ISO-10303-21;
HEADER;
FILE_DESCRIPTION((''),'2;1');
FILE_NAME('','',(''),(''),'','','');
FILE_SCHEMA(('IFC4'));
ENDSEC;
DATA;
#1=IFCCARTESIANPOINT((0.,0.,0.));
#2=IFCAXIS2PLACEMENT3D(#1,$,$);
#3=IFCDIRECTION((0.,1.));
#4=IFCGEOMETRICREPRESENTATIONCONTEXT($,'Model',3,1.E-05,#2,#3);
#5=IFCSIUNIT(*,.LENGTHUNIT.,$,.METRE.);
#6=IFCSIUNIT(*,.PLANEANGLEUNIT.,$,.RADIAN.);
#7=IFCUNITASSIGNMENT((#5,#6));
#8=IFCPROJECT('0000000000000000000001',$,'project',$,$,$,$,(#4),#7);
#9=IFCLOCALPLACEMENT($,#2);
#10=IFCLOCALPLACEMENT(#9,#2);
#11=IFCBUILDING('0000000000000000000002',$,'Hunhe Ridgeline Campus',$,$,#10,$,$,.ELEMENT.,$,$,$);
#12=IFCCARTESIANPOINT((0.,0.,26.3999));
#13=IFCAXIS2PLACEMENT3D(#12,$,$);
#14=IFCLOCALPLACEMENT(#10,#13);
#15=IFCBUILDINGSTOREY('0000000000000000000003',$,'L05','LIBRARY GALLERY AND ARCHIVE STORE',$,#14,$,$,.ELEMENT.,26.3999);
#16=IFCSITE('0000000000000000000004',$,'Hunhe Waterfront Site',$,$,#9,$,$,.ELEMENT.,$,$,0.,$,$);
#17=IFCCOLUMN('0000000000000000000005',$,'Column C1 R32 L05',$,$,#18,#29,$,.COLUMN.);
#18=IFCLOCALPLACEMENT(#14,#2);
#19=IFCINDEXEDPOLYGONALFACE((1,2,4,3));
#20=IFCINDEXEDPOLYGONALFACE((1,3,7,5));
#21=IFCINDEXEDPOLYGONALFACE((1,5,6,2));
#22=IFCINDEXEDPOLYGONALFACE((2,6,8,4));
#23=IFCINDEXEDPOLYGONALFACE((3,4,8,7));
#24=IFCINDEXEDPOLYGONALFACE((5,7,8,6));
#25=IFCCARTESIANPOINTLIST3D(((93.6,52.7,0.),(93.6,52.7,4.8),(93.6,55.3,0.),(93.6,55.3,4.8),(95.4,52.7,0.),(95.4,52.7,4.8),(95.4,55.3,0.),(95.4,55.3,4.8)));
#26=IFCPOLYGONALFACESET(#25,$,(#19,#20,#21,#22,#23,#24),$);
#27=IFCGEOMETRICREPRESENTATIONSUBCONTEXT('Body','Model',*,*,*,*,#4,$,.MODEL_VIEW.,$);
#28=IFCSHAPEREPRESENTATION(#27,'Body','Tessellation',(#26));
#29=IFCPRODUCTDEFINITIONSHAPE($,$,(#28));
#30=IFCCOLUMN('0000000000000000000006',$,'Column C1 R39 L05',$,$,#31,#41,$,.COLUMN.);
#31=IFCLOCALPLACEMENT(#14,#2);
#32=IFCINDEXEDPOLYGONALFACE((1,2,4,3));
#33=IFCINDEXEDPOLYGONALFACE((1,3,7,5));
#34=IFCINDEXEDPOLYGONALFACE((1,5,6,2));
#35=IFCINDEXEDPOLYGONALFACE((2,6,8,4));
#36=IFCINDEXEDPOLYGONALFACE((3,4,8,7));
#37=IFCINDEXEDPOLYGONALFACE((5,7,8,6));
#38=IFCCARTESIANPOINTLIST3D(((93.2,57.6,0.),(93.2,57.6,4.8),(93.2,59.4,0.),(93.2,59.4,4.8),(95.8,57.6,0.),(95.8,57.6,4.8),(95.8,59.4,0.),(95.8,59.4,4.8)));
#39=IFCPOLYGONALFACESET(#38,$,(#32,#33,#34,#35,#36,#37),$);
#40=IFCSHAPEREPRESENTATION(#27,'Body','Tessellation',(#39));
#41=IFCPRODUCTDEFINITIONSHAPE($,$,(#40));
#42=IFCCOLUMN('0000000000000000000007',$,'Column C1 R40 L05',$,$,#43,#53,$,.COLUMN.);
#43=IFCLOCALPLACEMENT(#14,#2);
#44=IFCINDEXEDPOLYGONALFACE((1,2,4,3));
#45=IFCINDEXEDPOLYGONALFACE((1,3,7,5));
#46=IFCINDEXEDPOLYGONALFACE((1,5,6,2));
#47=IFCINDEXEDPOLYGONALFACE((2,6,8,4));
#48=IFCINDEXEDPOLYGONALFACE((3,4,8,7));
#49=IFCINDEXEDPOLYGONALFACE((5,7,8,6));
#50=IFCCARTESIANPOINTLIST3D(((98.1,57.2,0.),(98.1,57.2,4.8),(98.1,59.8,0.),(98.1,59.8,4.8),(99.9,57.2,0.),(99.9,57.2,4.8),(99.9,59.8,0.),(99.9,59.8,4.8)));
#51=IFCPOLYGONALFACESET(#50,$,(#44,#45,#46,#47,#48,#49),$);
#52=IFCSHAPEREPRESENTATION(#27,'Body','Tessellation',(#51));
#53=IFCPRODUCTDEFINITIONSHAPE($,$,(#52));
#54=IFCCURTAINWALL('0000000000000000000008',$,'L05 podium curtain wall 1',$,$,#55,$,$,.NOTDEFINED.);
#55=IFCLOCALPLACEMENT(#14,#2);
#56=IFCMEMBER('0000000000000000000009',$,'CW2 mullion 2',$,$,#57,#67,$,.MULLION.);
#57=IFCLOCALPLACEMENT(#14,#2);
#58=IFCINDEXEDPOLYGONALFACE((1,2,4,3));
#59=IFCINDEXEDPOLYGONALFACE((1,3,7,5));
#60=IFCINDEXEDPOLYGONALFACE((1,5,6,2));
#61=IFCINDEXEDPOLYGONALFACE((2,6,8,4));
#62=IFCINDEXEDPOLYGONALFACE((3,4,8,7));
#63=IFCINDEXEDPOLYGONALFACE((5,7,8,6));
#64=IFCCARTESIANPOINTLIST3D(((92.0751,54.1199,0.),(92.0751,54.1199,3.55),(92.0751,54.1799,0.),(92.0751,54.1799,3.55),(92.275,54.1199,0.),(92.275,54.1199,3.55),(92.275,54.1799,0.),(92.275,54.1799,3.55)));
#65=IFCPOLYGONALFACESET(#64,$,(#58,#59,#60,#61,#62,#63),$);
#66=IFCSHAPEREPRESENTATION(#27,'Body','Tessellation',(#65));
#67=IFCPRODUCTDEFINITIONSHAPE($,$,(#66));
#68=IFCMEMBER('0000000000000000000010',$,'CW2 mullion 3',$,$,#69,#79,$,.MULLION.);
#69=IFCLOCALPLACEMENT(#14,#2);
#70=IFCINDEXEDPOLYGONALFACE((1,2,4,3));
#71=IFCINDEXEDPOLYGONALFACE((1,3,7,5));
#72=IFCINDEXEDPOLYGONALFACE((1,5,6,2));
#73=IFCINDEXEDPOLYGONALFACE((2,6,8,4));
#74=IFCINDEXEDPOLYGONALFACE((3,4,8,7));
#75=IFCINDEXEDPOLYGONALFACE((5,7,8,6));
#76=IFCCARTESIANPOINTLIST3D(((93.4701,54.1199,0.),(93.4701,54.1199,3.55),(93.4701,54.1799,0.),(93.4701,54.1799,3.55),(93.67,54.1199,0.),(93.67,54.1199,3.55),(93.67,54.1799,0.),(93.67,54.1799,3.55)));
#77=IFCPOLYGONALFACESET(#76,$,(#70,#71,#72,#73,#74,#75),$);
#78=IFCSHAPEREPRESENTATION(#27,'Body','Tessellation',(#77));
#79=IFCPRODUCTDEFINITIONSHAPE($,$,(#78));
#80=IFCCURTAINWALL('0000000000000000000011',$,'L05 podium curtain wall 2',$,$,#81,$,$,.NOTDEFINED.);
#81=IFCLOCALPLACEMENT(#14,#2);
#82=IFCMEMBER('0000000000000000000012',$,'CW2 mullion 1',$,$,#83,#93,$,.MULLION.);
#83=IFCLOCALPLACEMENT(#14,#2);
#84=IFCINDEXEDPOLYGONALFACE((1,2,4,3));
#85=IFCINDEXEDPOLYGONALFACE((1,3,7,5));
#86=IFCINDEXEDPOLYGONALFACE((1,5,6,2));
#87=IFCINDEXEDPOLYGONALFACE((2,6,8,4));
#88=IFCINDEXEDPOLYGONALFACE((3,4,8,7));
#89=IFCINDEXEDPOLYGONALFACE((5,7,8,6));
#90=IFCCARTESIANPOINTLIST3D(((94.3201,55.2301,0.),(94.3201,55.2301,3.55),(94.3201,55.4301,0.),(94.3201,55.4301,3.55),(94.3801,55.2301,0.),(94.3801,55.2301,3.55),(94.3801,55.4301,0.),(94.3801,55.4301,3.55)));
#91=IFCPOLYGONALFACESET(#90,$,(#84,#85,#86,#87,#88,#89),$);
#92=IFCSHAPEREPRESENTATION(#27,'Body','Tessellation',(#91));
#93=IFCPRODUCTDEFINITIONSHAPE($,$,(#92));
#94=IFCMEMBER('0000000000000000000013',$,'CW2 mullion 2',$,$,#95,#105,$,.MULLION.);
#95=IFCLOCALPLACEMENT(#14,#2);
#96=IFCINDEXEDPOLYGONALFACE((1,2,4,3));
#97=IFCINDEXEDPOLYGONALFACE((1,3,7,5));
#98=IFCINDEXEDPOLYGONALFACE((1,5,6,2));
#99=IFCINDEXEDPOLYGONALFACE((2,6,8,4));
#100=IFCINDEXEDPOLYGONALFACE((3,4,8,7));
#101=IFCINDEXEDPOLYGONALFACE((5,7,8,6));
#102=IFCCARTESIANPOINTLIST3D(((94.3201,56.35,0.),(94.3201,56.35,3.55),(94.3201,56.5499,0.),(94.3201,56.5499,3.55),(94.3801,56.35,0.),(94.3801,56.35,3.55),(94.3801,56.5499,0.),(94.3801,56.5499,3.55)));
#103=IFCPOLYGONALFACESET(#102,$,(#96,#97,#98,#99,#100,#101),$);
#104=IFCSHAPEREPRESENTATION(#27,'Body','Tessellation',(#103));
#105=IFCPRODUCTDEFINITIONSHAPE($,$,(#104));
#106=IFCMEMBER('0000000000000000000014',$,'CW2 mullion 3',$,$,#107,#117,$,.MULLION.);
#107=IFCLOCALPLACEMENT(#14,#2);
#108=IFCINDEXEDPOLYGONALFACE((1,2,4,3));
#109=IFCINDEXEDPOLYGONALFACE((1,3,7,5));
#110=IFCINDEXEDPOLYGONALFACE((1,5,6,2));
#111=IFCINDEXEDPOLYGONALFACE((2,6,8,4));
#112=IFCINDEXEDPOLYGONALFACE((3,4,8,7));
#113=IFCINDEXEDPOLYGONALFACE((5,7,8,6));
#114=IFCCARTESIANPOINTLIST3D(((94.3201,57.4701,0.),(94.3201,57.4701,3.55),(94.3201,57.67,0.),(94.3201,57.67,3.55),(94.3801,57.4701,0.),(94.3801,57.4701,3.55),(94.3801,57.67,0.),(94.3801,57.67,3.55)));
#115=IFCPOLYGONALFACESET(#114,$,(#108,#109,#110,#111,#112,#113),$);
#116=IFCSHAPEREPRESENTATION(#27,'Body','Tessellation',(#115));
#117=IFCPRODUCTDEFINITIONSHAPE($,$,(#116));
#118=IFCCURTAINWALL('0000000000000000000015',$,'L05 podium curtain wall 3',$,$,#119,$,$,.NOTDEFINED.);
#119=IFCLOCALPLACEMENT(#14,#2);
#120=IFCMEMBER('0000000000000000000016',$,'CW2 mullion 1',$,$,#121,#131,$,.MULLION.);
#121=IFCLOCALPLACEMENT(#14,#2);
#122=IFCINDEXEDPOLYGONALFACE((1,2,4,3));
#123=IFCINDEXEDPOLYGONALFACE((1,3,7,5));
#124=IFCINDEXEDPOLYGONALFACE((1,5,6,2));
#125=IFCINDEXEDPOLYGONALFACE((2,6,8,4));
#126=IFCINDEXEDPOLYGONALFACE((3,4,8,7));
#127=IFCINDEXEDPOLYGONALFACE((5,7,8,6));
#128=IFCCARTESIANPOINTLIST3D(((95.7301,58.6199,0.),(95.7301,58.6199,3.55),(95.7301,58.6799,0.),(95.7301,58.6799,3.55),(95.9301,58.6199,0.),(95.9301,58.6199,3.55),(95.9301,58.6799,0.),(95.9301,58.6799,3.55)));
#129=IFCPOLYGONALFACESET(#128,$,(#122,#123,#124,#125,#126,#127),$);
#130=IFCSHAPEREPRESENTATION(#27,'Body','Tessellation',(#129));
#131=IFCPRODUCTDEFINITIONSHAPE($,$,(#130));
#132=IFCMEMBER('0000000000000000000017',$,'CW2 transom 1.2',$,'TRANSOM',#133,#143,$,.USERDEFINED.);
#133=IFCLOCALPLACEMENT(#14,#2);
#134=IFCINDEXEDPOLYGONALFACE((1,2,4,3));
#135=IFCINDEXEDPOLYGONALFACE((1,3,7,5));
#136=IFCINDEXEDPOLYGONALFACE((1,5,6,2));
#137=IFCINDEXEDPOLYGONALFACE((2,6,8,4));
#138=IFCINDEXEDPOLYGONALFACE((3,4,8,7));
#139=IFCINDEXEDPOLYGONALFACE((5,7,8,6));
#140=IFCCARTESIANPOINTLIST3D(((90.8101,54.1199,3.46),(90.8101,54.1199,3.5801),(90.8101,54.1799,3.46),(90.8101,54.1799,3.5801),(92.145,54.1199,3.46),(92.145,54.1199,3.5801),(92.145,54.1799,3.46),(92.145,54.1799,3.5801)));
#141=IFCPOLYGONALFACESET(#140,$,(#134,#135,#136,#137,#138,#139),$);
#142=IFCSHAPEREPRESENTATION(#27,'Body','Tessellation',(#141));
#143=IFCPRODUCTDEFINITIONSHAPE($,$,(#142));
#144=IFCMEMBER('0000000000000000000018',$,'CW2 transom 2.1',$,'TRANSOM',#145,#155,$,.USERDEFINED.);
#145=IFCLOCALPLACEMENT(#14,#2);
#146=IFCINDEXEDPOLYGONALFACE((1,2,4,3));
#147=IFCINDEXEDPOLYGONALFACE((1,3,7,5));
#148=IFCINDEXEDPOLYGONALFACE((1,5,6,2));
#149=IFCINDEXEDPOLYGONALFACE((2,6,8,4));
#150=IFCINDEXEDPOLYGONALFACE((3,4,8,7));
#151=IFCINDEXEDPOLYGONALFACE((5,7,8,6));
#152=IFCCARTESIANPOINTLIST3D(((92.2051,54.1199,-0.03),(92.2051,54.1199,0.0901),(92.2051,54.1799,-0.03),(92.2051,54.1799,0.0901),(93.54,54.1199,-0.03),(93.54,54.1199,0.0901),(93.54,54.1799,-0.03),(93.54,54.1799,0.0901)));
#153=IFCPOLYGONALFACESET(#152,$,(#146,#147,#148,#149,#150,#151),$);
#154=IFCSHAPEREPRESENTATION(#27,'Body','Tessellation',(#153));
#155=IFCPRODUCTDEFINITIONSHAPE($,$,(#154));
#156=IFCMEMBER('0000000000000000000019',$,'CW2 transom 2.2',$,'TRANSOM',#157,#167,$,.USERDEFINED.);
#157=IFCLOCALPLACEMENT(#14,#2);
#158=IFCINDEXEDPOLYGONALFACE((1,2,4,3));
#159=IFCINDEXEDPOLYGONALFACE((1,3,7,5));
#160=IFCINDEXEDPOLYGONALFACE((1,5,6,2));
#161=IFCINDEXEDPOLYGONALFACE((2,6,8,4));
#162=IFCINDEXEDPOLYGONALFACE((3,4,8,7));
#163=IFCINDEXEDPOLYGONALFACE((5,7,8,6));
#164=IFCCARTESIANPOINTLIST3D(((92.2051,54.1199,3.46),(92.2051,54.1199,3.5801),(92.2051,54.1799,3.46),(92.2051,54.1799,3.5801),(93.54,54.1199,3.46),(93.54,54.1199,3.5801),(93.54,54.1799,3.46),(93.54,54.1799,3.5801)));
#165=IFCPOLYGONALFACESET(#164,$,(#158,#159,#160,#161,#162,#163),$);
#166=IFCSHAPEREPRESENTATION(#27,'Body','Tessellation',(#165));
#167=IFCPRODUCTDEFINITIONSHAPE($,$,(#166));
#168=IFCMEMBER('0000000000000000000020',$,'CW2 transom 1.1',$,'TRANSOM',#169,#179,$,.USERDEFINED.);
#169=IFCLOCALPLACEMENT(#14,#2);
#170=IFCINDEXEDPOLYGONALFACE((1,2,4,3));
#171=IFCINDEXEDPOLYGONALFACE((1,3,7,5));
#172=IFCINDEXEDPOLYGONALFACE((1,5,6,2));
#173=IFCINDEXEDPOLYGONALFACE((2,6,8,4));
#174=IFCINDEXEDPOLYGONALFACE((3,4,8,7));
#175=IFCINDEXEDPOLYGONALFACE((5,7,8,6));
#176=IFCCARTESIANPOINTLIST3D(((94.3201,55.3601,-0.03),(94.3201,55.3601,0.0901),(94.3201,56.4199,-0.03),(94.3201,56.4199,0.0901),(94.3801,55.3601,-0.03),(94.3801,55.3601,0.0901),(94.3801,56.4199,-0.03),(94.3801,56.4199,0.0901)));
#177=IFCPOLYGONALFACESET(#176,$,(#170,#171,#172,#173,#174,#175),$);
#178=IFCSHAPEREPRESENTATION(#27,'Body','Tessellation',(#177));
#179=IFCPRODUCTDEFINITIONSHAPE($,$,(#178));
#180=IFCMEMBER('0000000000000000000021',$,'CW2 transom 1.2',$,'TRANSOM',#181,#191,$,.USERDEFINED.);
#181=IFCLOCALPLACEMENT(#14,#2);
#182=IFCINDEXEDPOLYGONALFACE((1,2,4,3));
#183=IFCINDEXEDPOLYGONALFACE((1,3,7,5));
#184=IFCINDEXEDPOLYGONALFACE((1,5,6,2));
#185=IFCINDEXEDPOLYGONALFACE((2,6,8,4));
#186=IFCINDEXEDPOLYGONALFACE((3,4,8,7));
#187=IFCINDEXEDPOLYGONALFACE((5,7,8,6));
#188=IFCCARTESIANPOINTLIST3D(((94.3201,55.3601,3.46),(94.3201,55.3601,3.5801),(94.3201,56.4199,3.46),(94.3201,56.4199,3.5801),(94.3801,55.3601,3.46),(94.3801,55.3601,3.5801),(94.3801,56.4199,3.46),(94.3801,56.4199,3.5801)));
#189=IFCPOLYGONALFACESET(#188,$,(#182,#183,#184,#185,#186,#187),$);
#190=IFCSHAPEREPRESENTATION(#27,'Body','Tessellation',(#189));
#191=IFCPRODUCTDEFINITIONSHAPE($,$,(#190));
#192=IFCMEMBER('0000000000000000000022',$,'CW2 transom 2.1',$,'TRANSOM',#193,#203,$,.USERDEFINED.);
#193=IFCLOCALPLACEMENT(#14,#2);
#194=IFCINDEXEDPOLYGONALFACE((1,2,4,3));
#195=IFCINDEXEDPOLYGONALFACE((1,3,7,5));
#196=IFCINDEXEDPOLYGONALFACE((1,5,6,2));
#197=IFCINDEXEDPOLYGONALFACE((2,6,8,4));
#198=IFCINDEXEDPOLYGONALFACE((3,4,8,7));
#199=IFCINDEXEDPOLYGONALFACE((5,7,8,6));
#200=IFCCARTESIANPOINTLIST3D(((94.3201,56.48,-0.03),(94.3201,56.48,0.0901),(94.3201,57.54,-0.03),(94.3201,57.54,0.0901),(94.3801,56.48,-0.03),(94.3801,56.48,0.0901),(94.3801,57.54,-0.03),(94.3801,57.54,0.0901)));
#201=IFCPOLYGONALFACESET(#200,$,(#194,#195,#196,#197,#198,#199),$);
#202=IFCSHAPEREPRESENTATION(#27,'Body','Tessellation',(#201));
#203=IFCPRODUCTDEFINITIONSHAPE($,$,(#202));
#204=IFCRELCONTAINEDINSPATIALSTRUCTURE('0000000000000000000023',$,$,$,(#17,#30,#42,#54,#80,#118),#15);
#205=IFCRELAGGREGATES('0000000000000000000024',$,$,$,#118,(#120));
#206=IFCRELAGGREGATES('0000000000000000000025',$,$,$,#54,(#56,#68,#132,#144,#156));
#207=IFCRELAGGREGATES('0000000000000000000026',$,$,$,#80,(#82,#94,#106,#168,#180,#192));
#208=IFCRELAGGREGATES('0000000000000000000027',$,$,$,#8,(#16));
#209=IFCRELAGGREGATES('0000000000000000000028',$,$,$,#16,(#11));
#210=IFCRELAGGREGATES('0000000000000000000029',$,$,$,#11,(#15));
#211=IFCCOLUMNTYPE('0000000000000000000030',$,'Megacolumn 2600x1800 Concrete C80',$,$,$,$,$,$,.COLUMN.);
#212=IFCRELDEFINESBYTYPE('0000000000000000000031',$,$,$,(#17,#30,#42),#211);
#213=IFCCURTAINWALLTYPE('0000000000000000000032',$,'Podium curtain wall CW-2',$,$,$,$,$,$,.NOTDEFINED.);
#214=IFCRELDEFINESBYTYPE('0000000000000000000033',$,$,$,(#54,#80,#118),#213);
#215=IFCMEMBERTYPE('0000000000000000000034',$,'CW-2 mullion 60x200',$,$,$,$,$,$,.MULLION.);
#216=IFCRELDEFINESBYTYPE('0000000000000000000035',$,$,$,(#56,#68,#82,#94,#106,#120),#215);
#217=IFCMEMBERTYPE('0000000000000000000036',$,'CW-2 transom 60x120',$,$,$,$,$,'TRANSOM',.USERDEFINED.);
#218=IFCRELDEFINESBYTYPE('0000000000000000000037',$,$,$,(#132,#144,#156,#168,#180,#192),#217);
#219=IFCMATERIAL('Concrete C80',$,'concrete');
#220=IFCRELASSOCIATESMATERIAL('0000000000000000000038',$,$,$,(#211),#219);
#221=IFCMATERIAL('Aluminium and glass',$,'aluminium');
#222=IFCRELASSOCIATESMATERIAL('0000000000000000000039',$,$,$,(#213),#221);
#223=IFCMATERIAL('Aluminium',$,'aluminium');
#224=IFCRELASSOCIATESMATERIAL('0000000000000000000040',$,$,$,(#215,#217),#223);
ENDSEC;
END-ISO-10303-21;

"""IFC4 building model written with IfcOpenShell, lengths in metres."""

from ifc_helpers import new_model, si_unit, direction, frame, origin, origin_2d, place, context, subcontext, project, spatial, rectangle, extrude, material, material_profile, profile_set, type_object, element, aggregate, save


model = new_model("IFC4")

# Units and contexts
model_context = context("Model", 3, precision=1e-05, world=origin(), true_north=direction((0.0, 1.0)))
body_context = subcontext(model_context, "Body", "Model", "MODEL_VIEW")
ifc_project = project(units=[si_unit("LENGTHUNIT", "METRE"), si_unit("PLANEANGLEUNIT", "RADIAN")], contexts=[model_context])

# Site, building, storey
site_placement = place(None, origin())
site = spatial("IfcSite", under=ifc_project, at=site_placement, Name="Hunhe Waterfront Site", CompositionType="ELEMENT", RefElevation=0.0)
building_placement = place(site_placement, origin())
building = spatial("IfcBuilding", under=site, at=building_placement, Name="Hunhe Ridgeline Campus", CompositionType="ELEMENT")
storey_placement = place(building_placement, frame((0.0, 0.0, 26.3999)))
storey = spatial("IfcBuildingStorey", under=building, at=storey_placement, Name="L05", Description="LIBRARY GALLERY AND ARCHIVE STORE", CompositionType="ELEMENT", Elevation=26.3999)

# Columns
ifc_material_1 = material(Name="Concrete C80", Category="concrete")
ifc_material_profile_1 = material_profile(ifc_material_1, rectangle(XDim=2.6001, YDim=1.8, at=origin_2d()))
ifc_profile_set_1 = profile_set([ifc_material_profile_1], Name="Concrete C80")
column_type = type_object("IfcColumnType", Name="Megacolumn 2600x1800 Concrete C80", PredefinedType="COLUMN", material=ifc_profile_set_1)
for number, where, z_axis, x_axis, name in (
    (1, (94.5, 54.0, 0.0), (0.0, 0.0, 1.0), (0.0, 1.0, 0.0), "Column C1 R32 L05"),
    (2, (94.5, 58.5, 0.0), (0.0, 0.0, 1.0), (1.0, 0.0, 0.0), "Column C1 R39 L05"),
    (3, (99.0, 58.5, 0.0), (0.0, 0.0, 1.0), (0.0, 1.0, 0.0), "Column C1 R40 L05"),
):
    element("IfcColumn", number, at=place(storey_placement, frame(where, z_axis=z_axis, x_axis=x_axis)), inside=storey, type_object=column_type, Name=name, PredefinedType="COLUMN", context=body_context, shape_type="SweptSolid", body=[
        extrude(rectangle(XDim=2.6001, YDim=1.8, at=origin_2d()), origin(), (0.0, 0.0, 1.0), 4.8),
    ])

# Curtain walls, members
ifc_material_2 = material(Name="Aluminium and glass", Category="aluminium")
curtain_wall_type = type_object("IfcCurtainWallType", Name="Podium curtain wall CW-2", PredefinedType="NOTDEFINED", material=ifc_material_2)
curtain_wall_1_placement = place(storey_placement, origin())
curtain_wall_1 = element("IfcCurtainWall", 4, at=curtain_wall_1_placement, inside=storey, type_object=curtain_wall_type, Name="L05 podium curtain wall 1", PredefinedType="NOTDEFINED")
ifc_material_3 = material(Name="Aluminium", Category="aluminium")
ifc_material_profile_2 = material_profile(ifc_material_3, rectangle(XDim=0.0601, YDim=0.2, at=origin_2d()))
ifc_profile_set_2 = profile_set([ifc_material_profile_2], Name="Aluminium")
member_type_1 = type_object("IfcMemberType", Name="CW-2 mullion 60x200", PredefinedType="MULLION", material=ifc_profile_set_2)
member_1_placement = place(storey_placement, frame((92.175, 54.1499, 0.0), z_axis=(0.0, 0.0, 1.0), x_axis=(0.0, 1.0, 0.0)))
member_1 = element("IfcMember", 5, at=member_1_placement, type_object=member_type_1, Name="CW2 mullion 2", PredefinedType="MULLION", context=body_context, shape_type="SweptSolid", body=[
    extrude(rectangle(XDim=0.0601, YDim=0.2, at=origin_2d()), origin(), (0.0, 0.0, 1.0), 3.55),
])
member_2_placement = place(storey_placement, frame((93.5701, 54.1499, 0.0), z_axis=(0.0, 0.0, 1.0), x_axis=(0.0, 1.0, 0.0)))
member_2 = element("IfcMember", 6, at=member_2_placement, type_object=member_type_1, Name="CW2 mullion 3", PredefinedType="MULLION", context=body_context, shape_type="SweptSolid", body=[
    extrude(rectangle(XDim=0.0601, YDim=0.2, at=origin_2d()), origin(), (0.0, 0.0, 1.0), 3.55),
])
curtain_wall_2_placement = place(storey_placement, origin())
curtain_wall_2 = element("IfcCurtainWall", 7, at=curtain_wall_2_placement, inside=storey, type_object=curtain_wall_type, Name="L05 podium curtain wall 2", PredefinedType="NOTDEFINED")
member_3_placement = place(storey_placement, frame((94.3501, 55.3301, 0.0), z_axis=(0.0, 0.0, 1.0), x_axis=(-1.0, 0.0, 0.0)))
member_3 = element("IfcMember", 8, at=member_3_placement, type_object=member_type_1, Name="CW2 mullion 1", PredefinedType="MULLION", context=body_context, shape_type="SweptSolid", body=[
    extrude(rectangle(XDim=0.0601, YDim=0.2, at=origin_2d()), origin(), (0.0, 0.0, 1.0), 3.55),
])
member_4_placement = place(storey_placement, frame((94.3501, 56.45, 0.0), z_axis=(0.0, 0.0, 1.0), x_axis=(-1.0, 0.0, 0.0)))
member_4 = element("IfcMember", 9, at=member_4_placement, type_object=member_type_1, Name="CW2 mullion 2", PredefinedType="MULLION", context=body_context, shape_type="SweptSolid", body=[
    extrude(rectangle(XDim=0.0601, YDim=0.2, at=origin_2d()), origin(), (0.0, 0.0, 1.0), 3.55),
])
member_5_placement = place(storey_placement, frame((94.3501, 57.5701, 0.0), z_axis=(0.0, 0.0, 1.0), x_axis=(-1.0, 0.0, 0.0)))
member_5 = element("IfcMember", 10, at=member_5_placement, type_object=member_type_1, Name="CW2 mullion 3", PredefinedType="MULLION", context=body_context, shape_type="SweptSolid", body=[
    extrude(rectangle(XDim=0.0601, YDim=0.2, at=origin_2d()), origin(), (0.0, 0.0, 1.0), 3.55),
])

# Curtain wall, member
curtain_wall_3_placement = place(storey_placement, origin())
curtain_wall_3 = element("IfcCurtainWall", 11, at=curtain_wall_3_placement, inside=storey, type_object=curtain_wall_type, Name="L05 podium curtain wall 3", PredefinedType="NOTDEFINED")
member_6_placement = place(storey_placement, frame((95.8301, 58.6499, 0.0), z_axis=(0.0, 0.0, 1.0), x_axis=(0.0, 1.0, 0.0)))
member_6 = element("IfcMember", 12, at=member_6_placement, type_object=member_type_1, Name="CW2 mullion 1", PredefinedType="MULLION", context=body_context, shape_type="SweptSolid", body=[
    extrude(rectangle(XDim=0.0601, YDim=0.2, at=origin_2d()), origin(), (0.0, 0.0, 1.0), 3.55),
])
aggregate(curtain_wall_3, [member_6])

# Members
ifc_material_profile_3 = material_profile(ifc_material_3, rectangle(XDim=0.0601, YDim=0.1201, at=origin_2d()))
ifc_profile_set_3 = profile_set([ifc_material_profile_3], Name="Aluminium")
member_type_2 = type_object("IfcMemberType", Name="CW-2 transom 60x120", ElementType="TRANSOM", PredefinedType="USERDEFINED", material=ifc_profile_set_3)
member_7_placement = place(storey_placement, frame((90.8101, 54.1499, 3.52), z_axis=(1.0, 0.0, 0.0), x_axis=(0.0, 1.0, 0.0)))
member_7 = element("IfcMember", 13, at=member_7_placement, type_object=member_type_2, Name="CW2 transom 1.2", ObjectType="TRANSOM", PredefinedType="USERDEFINED", context=body_context, shape_type="SweptSolid", body=[
    extrude(rectangle(XDim=0.0601, YDim=0.1201, at=origin_2d()), origin(), (0.0, 0.0, 1.0), 1.335),
])
member_8_placement = place(storey_placement, frame((92.2051, 54.1499, 0.03), z_axis=(1.0, 0.0, 0.0), x_axis=(0.0, 1.0, 0.0)))
member_8 = element("IfcMember", 14, at=member_8_placement, type_object=member_type_2, Name="CW2 transom 2.1", ObjectType="TRANSOM", PredefinedType="USERDEFINED", context=body_context, shape_type="SweptSolid", body=[
    extrude(rectangle(XDim=0.0601, YDim=0.1201, at=origin_2d()), origin(), (0.0, 0.0, 1.0), 1.335),
])
member_9_placement = place(storey_placement, frame((92.2051, 54.1499, 3.52), z_axis=(1.0, 0.0, 0.0), x_axis=(0.0, 1.0, 0.0)))
member_9 = element("IfcMember", 15, at=member_9_placement, type_object=member_type_2, Name="CW2 transom 2.2", ObjectType="TRANSOM", PredefinedType="USERDEFINED", context=body_context, shape_type="SweptSolid", body=[
    extrude(rectangle(XDim=0.0601, YDim=0.1201, at=origin_2d()), origin(), (0.0, 0.0, 1.0), 1.335),
])
member_10_placement = place(storey_placement, frame((94.3501, 55.3601, 0.03), z_axis=(0.0, 1.0, 0.0), x_axis=(-1.0, 0.0, 0.0)))
member_10 = element("IfcMember", 16, at=member_10_placement, type_object=member_type_2, Name="CW2 transom 1.1", ObjectType="TRANSOM", PredefinedType="USERDEFINED", context=body_context, shape_type="SweptSolid", body=[
    extrude(rectangle(XDim=0.0601, YDim=0.1201, at=origin_2d()), origin(), (0.0, 0.0, 1.0), 1.0598),
])
member_11_placement = place(storey_placement, frame((94.3501, 55.3601, 3.52), z_axis=(0.0, 1.0, 0.0), x_axis=(-1.0, 0.0, 0.0)))
member_11 = element("IfcMember", 17, at=member_11_placement, type_object=member_type_2, Name="CW2 transom 1.2", ObjectType="TRANSOM", PredefinedType="USERDEFINED", context=body_context, shape_type="SweptSolid", body=[
    extrude(rectangle(XDim=0.0601, YDim=0.1201, at=origin_2d()), origin(), (0.0, 0.0, 1.0), 1.0598),
])
member_12_placement = place(storey_placement, frame((94.3501, 56.48, 0.03), z_axis=(0.0, 1.0, 0.0), x_axis=(-1.0, 0.0, 0.0)))
member_12 = element("IfcMember", 18, at=member_12_placement, type_object=member_type_2, Name="CW2 transom 2.1", ObjectType="TRANSOM", PredefinedType="USERDEFINED", context=body_context, shape_type="SweptSolid", body=[
    extrude(rectangle(XDim=0.0601, YDim=0.1201, at=origin_2d()), origin(), (0.0, 0.0, 1.0), 1.0601),
])

aggregate(curtain_wall_1, [member_1, member_2, member_7, member_8, member_9])
aggregate(curtain_wall_2, [member_3, member_4, member_5, member_10, member_11, member_12])

save(model, "model.ifc")
